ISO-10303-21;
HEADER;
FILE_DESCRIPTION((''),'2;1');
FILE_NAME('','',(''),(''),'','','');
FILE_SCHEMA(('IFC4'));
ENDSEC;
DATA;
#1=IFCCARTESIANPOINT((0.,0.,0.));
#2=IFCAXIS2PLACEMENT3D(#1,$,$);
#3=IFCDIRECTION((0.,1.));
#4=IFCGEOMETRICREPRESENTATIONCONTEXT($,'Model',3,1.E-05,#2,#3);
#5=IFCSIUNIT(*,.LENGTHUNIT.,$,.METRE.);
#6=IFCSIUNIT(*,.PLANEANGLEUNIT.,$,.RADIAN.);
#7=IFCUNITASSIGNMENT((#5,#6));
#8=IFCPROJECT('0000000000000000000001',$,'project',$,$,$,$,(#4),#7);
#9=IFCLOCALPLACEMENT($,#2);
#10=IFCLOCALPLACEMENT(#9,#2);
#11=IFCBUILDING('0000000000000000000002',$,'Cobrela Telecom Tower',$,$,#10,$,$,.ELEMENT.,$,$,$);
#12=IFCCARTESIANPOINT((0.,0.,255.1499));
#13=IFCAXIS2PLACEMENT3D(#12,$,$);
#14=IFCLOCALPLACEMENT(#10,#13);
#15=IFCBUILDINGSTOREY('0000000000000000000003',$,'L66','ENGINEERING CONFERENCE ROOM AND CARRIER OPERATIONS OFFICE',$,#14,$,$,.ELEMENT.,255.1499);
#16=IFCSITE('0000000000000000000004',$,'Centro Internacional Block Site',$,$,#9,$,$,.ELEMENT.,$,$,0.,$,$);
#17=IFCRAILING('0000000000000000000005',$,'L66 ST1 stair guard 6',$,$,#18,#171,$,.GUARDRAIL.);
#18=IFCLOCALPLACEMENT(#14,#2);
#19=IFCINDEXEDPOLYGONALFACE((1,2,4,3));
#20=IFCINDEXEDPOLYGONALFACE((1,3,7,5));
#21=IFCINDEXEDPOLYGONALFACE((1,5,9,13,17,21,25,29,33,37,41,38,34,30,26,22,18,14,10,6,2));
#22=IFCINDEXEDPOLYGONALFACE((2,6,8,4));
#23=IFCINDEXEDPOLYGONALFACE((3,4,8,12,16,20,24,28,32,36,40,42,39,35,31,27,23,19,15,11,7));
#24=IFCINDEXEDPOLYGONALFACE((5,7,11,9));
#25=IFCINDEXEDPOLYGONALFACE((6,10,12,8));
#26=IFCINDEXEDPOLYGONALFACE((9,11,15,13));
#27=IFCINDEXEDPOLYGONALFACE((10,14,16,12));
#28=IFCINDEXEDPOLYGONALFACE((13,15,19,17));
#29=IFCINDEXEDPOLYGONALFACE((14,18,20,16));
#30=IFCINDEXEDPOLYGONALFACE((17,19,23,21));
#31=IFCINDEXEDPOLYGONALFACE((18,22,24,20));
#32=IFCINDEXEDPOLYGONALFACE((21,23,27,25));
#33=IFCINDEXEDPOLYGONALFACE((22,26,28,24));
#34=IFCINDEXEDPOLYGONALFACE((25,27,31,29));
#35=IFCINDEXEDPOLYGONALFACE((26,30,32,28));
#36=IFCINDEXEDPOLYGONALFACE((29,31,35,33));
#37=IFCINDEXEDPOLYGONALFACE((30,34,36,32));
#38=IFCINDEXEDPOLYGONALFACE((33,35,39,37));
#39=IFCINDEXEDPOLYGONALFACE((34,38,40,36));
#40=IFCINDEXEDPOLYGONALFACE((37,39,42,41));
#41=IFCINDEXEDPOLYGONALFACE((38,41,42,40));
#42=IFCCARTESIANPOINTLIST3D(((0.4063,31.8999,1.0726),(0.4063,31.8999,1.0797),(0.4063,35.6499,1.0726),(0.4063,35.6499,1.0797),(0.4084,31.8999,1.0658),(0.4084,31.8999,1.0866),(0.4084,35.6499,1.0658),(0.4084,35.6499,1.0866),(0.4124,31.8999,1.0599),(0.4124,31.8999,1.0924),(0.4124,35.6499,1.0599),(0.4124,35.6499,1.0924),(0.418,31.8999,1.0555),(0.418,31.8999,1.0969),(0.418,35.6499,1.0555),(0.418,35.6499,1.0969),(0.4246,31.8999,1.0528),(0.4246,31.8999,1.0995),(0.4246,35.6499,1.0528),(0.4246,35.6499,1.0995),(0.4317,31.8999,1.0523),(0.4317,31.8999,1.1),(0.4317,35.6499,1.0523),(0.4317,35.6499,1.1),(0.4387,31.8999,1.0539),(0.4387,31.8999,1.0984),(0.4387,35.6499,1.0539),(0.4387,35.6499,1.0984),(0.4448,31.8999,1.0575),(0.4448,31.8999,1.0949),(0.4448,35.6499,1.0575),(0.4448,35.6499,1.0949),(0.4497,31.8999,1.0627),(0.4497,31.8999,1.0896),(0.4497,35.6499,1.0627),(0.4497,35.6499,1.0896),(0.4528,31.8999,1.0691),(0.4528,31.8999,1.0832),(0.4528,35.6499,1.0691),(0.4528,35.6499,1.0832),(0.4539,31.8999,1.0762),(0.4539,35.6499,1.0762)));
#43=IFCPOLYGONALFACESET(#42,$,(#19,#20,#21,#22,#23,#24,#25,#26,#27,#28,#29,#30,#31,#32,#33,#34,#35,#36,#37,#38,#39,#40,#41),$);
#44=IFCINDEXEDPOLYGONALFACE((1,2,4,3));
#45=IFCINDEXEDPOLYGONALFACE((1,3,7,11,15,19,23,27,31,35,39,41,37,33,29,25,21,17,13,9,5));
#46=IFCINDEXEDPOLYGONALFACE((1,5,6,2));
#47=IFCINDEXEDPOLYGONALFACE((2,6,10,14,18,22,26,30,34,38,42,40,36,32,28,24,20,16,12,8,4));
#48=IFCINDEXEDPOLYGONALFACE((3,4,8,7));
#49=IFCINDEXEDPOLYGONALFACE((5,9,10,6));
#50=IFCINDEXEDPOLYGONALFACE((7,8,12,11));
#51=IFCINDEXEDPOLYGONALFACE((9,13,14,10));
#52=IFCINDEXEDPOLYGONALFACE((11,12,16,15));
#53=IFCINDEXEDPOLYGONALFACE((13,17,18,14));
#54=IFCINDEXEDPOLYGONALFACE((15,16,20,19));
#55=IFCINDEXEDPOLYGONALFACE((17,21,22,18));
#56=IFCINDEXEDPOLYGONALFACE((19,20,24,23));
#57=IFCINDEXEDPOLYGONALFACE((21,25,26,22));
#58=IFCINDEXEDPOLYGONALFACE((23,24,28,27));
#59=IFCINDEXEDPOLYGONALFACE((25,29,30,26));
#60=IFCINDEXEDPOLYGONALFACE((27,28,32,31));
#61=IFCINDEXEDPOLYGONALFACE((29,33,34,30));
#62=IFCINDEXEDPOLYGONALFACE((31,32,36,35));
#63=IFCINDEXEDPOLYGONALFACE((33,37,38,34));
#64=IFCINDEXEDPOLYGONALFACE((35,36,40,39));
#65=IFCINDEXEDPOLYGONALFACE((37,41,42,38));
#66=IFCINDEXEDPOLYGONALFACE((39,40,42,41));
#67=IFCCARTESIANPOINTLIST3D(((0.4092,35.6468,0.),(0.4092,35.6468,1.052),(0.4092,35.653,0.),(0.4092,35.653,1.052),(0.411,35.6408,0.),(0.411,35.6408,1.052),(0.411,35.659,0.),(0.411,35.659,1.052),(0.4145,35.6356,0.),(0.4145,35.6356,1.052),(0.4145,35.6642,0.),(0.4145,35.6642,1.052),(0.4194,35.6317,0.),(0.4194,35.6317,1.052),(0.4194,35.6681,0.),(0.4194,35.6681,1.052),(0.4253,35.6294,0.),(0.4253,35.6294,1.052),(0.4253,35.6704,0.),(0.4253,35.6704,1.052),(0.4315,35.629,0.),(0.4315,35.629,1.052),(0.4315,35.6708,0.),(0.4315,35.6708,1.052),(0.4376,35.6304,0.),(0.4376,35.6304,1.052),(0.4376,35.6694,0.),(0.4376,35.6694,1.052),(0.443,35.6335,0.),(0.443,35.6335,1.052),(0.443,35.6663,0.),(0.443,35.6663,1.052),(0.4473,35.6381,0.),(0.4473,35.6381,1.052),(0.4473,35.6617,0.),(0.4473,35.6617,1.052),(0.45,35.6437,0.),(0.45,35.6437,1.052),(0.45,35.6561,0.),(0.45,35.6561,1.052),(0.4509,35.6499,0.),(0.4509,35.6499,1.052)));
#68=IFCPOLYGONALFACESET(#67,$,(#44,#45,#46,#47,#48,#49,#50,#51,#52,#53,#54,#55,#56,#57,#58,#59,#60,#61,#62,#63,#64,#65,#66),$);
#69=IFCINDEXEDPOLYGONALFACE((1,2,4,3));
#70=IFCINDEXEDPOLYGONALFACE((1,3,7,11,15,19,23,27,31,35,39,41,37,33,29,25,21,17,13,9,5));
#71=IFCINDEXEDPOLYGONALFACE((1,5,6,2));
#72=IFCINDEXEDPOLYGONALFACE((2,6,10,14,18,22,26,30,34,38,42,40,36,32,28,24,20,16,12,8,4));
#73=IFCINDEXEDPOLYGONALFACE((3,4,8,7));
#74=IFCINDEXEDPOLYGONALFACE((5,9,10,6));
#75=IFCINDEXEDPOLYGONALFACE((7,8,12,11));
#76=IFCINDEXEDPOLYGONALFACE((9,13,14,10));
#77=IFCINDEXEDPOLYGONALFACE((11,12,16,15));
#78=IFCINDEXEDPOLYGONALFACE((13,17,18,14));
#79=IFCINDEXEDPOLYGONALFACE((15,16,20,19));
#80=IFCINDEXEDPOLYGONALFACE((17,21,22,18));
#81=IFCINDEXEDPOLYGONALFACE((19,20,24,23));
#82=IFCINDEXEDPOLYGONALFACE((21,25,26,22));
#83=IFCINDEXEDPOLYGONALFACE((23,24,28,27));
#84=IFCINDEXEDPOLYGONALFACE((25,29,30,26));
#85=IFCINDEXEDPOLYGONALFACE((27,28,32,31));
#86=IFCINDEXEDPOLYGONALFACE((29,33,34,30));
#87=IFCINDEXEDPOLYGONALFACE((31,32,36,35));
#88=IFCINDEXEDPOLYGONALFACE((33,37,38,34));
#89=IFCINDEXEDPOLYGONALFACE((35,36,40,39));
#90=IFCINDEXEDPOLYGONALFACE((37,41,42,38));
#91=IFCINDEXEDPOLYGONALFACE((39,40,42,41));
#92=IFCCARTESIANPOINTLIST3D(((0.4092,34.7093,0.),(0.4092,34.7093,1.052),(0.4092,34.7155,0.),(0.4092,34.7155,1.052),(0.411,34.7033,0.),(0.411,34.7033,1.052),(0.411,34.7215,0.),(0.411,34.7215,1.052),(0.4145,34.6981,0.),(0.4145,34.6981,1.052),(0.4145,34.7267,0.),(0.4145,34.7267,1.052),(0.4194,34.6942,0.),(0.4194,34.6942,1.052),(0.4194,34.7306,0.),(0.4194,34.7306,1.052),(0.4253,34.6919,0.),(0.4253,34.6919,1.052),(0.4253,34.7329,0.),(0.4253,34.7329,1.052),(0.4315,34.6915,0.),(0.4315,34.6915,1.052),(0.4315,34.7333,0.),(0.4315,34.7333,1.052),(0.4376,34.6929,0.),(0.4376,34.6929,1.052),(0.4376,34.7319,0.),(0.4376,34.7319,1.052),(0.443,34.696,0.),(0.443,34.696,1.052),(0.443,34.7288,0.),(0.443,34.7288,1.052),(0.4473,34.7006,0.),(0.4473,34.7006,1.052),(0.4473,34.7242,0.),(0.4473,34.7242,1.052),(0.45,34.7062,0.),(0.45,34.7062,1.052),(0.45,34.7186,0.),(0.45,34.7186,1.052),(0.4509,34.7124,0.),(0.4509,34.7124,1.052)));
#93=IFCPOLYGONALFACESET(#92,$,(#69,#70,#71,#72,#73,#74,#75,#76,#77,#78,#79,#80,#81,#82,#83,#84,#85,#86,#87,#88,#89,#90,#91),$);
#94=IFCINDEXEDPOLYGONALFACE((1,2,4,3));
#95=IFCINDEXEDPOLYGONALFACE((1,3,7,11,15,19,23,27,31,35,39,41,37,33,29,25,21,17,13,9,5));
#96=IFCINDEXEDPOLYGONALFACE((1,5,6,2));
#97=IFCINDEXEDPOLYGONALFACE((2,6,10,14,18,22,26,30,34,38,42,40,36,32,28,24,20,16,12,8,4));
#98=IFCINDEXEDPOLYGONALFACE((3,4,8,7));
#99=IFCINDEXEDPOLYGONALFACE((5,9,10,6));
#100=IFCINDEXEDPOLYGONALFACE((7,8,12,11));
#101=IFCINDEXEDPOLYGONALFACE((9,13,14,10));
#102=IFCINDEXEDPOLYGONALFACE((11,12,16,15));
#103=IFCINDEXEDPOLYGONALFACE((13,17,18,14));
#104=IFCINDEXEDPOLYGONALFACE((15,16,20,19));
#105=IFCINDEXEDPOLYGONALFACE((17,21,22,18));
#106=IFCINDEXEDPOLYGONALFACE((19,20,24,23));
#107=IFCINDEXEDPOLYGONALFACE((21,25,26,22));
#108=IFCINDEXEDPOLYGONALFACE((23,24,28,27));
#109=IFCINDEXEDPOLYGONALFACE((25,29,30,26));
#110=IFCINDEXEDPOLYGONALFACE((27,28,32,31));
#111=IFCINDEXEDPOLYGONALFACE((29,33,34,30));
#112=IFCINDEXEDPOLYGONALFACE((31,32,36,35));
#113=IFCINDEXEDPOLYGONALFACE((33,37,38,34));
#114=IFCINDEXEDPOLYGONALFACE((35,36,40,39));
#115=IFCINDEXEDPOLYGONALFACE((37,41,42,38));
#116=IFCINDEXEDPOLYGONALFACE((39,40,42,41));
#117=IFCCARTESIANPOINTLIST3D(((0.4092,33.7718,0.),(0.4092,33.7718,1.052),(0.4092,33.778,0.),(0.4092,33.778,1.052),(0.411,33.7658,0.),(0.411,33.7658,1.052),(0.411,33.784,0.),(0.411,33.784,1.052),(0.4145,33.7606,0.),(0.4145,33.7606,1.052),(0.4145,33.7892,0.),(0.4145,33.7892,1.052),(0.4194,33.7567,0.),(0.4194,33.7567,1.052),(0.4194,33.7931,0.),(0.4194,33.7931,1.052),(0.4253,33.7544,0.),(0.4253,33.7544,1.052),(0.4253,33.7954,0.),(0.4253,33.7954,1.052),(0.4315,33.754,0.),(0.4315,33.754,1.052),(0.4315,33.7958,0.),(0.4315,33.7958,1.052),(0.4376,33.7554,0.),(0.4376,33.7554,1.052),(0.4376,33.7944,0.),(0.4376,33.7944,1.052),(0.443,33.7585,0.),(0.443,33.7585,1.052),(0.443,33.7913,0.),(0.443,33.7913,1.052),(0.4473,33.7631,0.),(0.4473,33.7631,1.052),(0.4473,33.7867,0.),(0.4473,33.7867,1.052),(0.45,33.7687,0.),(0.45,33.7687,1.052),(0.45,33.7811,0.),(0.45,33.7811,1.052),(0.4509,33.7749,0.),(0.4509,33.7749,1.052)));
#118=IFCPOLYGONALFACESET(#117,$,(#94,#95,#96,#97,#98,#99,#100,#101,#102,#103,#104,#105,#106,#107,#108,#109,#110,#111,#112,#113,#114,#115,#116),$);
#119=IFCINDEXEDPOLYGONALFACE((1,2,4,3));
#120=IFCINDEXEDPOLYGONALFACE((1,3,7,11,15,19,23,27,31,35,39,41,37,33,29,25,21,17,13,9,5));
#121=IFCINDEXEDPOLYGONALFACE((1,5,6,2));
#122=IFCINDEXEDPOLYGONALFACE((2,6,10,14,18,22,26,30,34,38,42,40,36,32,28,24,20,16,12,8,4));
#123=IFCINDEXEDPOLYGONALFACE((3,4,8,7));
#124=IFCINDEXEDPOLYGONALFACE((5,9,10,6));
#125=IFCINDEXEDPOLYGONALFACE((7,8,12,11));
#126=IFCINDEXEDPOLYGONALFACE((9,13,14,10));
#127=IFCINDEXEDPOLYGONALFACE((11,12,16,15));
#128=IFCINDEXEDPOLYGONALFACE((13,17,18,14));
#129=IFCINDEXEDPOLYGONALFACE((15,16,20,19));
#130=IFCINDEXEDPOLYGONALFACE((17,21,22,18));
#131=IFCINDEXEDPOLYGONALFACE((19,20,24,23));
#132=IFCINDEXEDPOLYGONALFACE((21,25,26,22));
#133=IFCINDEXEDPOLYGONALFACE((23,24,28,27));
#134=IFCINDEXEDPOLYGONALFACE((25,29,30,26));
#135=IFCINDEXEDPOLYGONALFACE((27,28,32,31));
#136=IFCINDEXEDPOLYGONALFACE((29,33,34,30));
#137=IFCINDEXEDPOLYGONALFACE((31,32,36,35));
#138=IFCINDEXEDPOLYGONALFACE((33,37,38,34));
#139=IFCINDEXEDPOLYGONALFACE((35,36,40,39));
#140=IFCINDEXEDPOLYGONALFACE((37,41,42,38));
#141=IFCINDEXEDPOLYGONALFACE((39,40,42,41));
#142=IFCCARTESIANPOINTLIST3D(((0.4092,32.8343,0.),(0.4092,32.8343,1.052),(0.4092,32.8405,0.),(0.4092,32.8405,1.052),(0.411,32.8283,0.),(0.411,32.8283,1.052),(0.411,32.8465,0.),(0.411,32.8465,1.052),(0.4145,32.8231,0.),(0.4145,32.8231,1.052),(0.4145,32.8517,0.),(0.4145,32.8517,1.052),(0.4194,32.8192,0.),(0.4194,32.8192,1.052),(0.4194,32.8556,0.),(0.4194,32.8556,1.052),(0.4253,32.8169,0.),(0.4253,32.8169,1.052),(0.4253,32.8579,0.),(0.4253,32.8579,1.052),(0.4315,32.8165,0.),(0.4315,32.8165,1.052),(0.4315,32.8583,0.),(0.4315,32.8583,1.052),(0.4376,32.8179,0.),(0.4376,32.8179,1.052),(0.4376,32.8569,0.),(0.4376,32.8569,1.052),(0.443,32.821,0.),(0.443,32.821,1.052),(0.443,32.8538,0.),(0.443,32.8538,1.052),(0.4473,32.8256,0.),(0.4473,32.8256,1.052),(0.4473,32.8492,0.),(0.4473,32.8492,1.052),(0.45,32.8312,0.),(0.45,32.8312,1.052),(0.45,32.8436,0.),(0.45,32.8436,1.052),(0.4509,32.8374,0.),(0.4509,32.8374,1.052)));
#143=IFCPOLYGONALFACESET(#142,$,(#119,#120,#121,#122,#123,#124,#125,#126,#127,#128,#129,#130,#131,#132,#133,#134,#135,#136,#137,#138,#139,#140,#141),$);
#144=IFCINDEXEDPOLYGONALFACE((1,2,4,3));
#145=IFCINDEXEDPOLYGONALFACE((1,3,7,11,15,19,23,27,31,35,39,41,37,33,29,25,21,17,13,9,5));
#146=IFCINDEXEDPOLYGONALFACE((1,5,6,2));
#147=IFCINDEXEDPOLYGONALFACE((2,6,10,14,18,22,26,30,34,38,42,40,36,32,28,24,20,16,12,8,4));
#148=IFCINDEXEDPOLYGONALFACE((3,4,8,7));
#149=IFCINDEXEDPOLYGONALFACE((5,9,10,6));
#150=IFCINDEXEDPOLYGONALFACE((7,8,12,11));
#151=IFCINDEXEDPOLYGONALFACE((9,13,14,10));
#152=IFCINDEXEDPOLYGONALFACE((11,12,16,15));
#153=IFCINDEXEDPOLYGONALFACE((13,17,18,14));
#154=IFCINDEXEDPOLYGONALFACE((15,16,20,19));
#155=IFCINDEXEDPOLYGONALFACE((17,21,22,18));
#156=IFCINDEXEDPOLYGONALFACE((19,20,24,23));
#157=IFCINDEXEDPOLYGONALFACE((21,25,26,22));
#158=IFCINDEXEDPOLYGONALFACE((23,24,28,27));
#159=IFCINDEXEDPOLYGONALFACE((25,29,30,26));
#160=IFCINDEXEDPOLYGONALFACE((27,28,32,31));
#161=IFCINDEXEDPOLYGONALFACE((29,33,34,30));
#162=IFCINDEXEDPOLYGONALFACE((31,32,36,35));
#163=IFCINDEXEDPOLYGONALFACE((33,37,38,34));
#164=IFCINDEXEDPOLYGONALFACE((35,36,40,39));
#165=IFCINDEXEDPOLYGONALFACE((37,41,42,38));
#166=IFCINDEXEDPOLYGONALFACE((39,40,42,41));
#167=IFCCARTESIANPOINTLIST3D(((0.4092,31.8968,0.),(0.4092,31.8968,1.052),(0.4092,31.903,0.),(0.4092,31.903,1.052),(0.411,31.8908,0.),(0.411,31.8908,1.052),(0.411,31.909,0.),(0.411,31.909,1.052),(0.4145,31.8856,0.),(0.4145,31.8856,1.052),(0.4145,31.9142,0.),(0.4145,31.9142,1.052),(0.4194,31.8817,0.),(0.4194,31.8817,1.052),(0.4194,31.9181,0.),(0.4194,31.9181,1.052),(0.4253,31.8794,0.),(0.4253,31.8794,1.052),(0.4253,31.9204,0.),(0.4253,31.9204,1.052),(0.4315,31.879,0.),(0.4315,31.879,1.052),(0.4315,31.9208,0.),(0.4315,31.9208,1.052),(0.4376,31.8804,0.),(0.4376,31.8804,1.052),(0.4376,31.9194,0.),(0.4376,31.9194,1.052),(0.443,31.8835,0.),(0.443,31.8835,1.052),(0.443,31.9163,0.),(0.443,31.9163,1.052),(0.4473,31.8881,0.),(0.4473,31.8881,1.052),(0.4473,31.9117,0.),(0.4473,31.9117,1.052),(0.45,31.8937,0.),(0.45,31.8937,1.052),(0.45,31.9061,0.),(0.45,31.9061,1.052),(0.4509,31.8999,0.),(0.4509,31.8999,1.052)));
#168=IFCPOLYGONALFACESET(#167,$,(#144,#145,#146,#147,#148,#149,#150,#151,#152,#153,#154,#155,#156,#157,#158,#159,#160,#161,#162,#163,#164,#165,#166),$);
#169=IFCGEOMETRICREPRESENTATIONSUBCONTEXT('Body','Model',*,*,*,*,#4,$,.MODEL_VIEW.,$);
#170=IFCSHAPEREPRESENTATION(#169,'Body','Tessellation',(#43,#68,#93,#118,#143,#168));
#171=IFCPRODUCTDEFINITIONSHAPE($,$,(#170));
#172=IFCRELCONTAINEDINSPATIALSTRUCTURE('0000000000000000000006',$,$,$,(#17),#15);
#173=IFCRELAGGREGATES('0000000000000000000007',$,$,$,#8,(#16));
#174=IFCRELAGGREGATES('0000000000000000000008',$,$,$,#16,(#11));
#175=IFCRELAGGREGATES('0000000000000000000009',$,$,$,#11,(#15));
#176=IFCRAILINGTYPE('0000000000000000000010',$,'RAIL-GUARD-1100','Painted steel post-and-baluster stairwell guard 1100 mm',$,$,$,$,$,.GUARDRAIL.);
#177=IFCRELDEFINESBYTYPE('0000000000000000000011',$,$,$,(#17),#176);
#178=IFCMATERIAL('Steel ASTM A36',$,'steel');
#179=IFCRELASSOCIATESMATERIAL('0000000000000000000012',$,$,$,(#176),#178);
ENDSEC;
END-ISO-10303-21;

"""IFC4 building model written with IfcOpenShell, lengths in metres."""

from ifc_helpers import new_model, si_unit, direction, frame, origin, origin_2d, place, context, subcontext, project, spatial, circle, extrude, material, type_object, element, save


model = new_model("IFC4")

# Units and contexts
model_context = context("Model", 3, precision=1e-05, world=origin(), true_north=direction((0.0, 1.0)))
body_context = subcontext(model_context, "Body", "Model", "MODEL_VIEW")
ifc_project = project(units=[si_unit("LENGTHUNIT", "METRE"), si_unit("PLANEANGLEUNIT", "RADIAN")], contexts=[model_context])

# Site, building, storey
site_placement = place(None, origin())
site = spatial("IfcSite", under=ifc_project, at=site_placement, Name="Centro Internacional Block Site", CompositionType="ELEMENT", RefElevation=0.0)
building_placement = place(site_placement, origin())
building = spatial("IfcBuilding", under=site, at=building_placement, Name="Cobrela Telecom Tower", CompositionType="ELEMENT")
storey_placement = place(building_placement, frame((0.0, 0.0, 255.1499)))
storey = spatial("IfcBuildingStorey", under=building, at=storey_placement, Name="L66", Description="ENGINEERING CONFERENCE ROOM AND CARRIER OPERATIONS OFFICE", CompositionType="ELEMENT", Elevation=255.1499)

# Shared definitions
ifc_material_1 = material(Name="Steel ASTM A36", Category="steel")

# Railing
railing_type_1 = type_object("IfcRailingType", Name="RAIL-GUARD-1100", Description="Painted steel post-and-baluster stairwell guard 1100 mm", PredefinedType="GUARDRAIL", material=ifc_material_1)
railing_1_placement = place(storey_placement, frame((0.4299, 35.6499, 0.0)))
element("IfcRailing", 1, at=railing_1_placement, inside=storey, type_object=railing_type_1, Name="L66 ST1 stair guard 6", PredefinedType="GUARDRAIL", context=body_context, shape_type="SweptSolid", body=[
    extrude(circle(Radius=0.0239, at=origin_2d()), frame((0.0, 0.0, 1.0762), z_axis=(0.0, -1.0, 0.0), x_axis=(1.0, 0.0, 0.0)), (0.0, 0.0, 1.0), 3.75),
    extrude(circle(Radius=0.021, at=origin_2d()), origin(), (0.0, 0.0, 1.0), 1.052),
    extrude(circle(Radius=0.021, at=origin_2d()), frame((0.0, -0.9375, 0.0)), (0.0, 0.0, 1.0), 1.052),
    extrude(circle(Radius=0.021, at=origin_2d()), frame((0.0, -1.875, 0.0)), (0.0, 0.0, 1.0), 1.052),
    extrude(circle(Radius=0.021, at=origin_2d()), frame((0.0, -2.8125, 0.0)), (0.0, 0.0, 1.0), 1.052),
    extrude(circle(Radius=0.021, at=origin_2d()), frame((0.0, -3.75, 0.0)), (0.0, 0.0, 1.0), 1.052),
])

save(model, "model.ifc")
